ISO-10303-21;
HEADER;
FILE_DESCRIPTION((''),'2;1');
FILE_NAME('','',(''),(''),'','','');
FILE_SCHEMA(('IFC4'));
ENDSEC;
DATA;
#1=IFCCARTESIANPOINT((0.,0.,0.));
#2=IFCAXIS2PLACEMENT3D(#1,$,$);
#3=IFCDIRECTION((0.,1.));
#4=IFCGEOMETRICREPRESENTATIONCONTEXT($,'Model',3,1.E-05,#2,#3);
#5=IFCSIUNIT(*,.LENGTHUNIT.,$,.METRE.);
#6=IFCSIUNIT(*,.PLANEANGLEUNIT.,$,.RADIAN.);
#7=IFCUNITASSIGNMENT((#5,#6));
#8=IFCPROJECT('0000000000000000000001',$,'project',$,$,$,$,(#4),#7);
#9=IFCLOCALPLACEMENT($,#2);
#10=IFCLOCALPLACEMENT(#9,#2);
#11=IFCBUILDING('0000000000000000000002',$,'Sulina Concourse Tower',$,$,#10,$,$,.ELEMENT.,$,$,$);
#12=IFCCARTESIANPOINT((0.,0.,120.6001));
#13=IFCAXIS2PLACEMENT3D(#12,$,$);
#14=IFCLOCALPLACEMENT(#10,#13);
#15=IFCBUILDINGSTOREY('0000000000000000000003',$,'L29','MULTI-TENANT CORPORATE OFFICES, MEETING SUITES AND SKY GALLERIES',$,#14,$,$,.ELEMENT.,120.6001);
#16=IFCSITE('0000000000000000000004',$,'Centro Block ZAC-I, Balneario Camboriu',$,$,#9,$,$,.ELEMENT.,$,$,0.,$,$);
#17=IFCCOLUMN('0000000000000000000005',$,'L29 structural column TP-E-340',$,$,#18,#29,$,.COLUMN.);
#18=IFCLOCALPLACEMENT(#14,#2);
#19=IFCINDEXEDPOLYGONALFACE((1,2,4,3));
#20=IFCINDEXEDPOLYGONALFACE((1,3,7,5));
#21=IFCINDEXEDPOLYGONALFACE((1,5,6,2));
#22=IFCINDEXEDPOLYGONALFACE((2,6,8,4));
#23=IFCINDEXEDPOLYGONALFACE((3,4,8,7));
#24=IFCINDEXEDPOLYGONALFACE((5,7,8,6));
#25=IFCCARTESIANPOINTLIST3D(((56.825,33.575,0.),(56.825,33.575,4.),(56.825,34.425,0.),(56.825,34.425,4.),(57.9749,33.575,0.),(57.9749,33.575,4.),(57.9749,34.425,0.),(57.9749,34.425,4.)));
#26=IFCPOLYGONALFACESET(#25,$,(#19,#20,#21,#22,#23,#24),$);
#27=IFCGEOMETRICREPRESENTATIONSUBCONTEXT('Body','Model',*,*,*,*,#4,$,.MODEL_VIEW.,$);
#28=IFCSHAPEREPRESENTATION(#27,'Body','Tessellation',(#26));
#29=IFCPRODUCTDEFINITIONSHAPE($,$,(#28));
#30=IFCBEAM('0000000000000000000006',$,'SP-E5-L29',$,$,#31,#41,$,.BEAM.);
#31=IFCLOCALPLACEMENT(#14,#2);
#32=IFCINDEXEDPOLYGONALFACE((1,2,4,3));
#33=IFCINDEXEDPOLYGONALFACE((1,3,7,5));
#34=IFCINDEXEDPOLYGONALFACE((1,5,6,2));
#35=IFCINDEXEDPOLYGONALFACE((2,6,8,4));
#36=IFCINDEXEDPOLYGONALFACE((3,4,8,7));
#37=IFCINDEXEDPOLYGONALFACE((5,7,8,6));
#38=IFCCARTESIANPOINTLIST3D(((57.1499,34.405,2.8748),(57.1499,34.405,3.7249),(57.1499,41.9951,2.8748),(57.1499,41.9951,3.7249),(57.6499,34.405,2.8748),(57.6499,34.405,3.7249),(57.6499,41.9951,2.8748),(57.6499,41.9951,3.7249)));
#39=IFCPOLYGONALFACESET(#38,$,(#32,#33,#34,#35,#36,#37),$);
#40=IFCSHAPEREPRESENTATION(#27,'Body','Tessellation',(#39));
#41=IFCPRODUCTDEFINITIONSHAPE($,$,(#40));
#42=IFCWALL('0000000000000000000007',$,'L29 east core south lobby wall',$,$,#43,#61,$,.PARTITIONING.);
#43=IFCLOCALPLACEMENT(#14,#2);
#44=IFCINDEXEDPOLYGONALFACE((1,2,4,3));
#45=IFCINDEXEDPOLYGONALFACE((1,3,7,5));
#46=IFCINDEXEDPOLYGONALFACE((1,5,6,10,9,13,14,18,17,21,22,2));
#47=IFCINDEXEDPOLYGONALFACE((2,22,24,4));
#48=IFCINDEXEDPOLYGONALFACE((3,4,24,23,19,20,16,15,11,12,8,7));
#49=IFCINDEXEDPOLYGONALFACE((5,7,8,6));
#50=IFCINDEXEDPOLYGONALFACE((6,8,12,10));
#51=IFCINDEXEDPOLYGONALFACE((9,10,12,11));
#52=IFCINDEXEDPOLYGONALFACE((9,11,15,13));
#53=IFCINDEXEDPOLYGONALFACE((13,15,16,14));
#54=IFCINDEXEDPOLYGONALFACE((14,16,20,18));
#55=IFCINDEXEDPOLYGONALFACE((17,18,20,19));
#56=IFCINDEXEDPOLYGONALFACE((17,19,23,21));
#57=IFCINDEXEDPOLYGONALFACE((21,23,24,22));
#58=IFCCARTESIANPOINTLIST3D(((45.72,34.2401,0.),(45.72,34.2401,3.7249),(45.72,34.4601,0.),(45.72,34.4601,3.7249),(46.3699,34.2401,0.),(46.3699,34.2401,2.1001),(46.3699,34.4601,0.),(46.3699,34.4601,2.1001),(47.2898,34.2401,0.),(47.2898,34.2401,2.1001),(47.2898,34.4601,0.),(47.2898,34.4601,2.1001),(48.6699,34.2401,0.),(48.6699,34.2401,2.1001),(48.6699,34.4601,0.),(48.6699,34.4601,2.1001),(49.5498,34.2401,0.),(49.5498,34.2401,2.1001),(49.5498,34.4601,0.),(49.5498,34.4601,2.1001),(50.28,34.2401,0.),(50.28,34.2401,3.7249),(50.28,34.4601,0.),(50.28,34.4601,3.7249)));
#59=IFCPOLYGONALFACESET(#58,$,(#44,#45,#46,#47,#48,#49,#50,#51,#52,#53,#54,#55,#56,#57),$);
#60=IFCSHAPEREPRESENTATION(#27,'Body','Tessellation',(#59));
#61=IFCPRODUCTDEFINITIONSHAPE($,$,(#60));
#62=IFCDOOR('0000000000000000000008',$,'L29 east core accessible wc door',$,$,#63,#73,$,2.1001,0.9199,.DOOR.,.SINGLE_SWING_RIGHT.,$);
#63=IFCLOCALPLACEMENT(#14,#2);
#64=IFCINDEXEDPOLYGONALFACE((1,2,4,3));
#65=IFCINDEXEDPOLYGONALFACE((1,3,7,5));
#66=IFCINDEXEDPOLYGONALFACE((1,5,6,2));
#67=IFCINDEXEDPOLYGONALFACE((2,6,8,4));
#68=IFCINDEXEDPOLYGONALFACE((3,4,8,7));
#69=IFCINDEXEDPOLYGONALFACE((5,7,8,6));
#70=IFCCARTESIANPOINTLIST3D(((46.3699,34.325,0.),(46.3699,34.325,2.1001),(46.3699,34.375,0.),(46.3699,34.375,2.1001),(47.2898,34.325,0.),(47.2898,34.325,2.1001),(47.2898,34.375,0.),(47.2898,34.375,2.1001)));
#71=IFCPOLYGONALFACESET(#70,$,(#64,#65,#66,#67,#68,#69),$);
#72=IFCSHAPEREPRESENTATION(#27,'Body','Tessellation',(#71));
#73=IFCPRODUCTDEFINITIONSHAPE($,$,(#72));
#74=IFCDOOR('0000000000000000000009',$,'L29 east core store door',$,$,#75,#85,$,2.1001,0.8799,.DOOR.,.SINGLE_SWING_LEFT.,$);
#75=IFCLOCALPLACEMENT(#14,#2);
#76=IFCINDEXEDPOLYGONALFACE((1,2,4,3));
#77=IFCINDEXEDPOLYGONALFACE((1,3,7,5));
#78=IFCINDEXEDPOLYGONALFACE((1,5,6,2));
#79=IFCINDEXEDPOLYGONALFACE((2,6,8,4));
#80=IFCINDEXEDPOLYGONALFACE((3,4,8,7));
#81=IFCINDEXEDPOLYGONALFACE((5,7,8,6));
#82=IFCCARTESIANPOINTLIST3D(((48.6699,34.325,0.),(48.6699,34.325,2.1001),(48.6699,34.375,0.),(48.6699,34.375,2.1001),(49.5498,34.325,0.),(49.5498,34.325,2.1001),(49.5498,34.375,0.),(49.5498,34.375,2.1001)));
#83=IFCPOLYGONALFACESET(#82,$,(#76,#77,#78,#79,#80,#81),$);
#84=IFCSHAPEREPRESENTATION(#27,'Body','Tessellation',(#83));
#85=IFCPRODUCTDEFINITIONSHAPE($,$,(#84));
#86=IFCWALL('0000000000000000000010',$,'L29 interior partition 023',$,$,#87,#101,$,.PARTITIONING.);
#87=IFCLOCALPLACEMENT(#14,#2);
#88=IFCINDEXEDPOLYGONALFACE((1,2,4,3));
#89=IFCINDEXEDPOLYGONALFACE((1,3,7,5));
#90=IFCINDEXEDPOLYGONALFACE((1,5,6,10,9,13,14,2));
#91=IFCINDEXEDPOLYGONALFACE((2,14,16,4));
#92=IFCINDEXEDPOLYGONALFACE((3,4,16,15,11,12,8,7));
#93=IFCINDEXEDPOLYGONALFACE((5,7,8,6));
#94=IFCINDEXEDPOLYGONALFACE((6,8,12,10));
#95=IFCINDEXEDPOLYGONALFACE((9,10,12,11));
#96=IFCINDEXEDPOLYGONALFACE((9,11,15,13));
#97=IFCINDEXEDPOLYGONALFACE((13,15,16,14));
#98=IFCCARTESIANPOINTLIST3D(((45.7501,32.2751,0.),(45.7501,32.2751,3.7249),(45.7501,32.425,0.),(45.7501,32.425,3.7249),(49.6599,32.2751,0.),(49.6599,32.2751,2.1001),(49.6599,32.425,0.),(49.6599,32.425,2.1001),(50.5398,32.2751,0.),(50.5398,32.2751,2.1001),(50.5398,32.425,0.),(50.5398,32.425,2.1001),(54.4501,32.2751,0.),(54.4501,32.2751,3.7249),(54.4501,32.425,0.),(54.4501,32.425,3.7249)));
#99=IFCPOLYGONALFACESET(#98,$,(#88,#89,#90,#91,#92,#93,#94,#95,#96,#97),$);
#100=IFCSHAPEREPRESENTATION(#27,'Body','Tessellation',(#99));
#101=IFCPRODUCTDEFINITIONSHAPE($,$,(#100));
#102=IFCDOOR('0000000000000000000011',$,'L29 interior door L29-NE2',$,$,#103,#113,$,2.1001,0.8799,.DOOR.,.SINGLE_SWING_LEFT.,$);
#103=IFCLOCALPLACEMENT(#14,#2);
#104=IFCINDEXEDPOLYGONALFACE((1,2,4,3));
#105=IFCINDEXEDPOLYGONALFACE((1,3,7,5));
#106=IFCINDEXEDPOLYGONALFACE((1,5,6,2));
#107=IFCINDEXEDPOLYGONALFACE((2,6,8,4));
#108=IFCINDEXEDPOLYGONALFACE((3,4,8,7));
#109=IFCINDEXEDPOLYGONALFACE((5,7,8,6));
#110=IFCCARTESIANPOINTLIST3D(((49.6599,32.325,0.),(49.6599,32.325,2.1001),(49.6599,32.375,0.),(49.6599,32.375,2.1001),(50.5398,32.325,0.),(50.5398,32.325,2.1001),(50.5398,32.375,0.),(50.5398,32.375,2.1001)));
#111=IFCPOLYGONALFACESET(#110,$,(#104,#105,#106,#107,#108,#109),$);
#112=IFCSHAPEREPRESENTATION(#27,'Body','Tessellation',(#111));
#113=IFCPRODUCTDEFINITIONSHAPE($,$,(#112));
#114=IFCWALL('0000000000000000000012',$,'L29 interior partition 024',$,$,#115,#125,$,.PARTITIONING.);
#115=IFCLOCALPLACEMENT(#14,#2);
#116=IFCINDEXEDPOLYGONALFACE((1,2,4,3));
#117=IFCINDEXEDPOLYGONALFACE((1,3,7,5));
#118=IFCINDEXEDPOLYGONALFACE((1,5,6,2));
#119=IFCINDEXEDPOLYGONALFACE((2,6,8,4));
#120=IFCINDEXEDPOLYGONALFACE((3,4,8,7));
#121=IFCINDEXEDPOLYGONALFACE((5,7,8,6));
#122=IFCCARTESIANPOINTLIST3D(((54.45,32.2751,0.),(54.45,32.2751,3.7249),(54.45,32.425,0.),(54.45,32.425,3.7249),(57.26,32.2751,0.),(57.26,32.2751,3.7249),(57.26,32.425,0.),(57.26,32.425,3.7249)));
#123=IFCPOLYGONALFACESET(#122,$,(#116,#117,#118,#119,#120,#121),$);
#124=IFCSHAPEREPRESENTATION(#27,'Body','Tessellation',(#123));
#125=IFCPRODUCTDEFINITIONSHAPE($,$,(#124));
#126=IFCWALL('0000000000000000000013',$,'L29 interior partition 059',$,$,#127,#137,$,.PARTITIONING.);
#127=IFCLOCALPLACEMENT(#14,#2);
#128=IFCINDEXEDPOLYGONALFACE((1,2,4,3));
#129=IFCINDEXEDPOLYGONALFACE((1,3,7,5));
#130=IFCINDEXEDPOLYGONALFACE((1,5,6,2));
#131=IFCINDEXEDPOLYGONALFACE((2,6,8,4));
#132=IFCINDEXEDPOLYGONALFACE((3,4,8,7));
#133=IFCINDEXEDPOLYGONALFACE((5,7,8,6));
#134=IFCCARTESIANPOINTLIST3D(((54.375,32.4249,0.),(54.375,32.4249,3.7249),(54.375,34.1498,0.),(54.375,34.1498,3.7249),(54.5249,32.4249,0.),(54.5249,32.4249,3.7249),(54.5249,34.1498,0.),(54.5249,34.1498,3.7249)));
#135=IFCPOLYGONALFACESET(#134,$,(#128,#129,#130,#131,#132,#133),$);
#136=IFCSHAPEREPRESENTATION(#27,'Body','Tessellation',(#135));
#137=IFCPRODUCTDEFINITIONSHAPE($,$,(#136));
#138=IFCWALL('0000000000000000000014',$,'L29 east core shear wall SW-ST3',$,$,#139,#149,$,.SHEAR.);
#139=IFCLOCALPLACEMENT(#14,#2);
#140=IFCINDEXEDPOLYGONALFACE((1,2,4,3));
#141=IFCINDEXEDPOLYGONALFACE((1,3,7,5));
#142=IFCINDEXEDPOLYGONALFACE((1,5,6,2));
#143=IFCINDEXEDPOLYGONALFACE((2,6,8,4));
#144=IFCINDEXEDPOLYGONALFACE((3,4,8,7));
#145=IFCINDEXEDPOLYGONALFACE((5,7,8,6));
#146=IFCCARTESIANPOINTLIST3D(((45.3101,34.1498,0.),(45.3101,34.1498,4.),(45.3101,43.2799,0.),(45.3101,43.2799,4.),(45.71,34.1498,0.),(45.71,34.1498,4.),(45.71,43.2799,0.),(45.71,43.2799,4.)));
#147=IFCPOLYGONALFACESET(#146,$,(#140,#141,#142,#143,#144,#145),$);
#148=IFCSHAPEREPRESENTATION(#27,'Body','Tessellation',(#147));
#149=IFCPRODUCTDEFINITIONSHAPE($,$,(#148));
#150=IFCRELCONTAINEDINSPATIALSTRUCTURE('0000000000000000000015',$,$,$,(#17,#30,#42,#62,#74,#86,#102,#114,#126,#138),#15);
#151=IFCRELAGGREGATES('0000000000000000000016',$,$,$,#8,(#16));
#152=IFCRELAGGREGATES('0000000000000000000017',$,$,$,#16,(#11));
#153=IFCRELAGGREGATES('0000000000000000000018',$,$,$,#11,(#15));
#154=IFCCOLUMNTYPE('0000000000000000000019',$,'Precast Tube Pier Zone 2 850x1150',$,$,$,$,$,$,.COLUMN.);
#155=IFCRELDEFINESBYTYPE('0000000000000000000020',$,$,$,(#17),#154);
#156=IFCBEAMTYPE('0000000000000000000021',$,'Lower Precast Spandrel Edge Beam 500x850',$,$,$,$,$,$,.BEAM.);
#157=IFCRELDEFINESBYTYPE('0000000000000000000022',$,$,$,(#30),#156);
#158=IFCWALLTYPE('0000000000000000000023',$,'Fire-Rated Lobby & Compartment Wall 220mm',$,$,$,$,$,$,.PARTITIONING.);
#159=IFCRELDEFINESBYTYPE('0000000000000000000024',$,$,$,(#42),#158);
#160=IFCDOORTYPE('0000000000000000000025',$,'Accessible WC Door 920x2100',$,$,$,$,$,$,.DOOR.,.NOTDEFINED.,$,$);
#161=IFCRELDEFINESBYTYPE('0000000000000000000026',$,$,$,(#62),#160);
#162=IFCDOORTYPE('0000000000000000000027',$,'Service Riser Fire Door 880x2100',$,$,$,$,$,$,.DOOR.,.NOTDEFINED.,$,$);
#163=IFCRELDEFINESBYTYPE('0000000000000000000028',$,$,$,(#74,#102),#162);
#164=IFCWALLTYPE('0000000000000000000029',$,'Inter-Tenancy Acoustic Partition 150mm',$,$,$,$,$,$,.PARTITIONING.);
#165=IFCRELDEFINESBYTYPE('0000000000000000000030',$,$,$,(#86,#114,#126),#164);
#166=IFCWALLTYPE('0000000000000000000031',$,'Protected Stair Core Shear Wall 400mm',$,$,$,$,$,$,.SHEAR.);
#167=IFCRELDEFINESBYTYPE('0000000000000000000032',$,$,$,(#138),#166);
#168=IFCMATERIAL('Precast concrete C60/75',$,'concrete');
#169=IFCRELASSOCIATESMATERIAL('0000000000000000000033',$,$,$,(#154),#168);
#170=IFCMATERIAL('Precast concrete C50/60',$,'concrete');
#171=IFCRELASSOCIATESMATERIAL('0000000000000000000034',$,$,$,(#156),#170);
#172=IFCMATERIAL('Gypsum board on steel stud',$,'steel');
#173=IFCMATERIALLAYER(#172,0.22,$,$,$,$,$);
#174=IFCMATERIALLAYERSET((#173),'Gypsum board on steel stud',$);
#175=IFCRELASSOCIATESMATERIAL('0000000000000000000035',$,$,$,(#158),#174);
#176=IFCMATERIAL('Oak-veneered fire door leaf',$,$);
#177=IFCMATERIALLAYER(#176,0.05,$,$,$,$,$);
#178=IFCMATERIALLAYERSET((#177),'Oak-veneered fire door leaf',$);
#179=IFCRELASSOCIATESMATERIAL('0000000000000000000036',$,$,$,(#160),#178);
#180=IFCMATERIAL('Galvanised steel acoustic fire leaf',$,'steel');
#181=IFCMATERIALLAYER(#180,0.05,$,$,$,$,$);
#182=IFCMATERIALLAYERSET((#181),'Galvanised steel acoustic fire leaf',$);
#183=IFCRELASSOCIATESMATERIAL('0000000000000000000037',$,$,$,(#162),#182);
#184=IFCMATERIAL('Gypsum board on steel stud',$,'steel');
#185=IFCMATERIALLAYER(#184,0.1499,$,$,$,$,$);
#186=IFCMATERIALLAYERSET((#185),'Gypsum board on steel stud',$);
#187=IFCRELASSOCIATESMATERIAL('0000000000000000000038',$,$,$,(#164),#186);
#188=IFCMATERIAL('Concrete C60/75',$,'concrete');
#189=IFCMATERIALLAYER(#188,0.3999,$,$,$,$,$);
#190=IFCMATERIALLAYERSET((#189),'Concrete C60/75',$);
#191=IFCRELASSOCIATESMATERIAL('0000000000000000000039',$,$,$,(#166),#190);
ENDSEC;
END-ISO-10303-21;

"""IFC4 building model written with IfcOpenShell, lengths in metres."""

from ifc_helpers import new_model, si_unit, direction, frame, frame_2d, origin, origin_2d, place, context, subcontext, project, spatial, rectangle, extrude, material, layer, layer_set, material_profile, profile_set, type_object, element, fill, save


model = new_model("IFC4")

# Units and contexts
model_context = context("Model", 3, precision=1e-05, world=origin(), true_north=direction((0.0, 1.0)))
body_context = subcontext(model_context, "Body", "Model", "MODEL_VIEW")
ifc_project = project(units=[si_unit("LENGTHUNIT", "METRE"), si_unit("PLANEANGLEUNIT", "RADIAN")], contexts=[model_context])

# Site, building, storey
site_placement = place(None, origin())
site = spatial("IfcSite", under=ifc_project, at=site_placement, Name="Centro Block ZAC-I, Balneario Camboriu", CompositionType="ELEMENT", RefElevation=0.0)
building_placement = place(site_placement, origin())
building = spatial("IfcBuilding", under=site, at=building_placement, Name="Sulina Concourse Tower", CompositionType="ELEMENT")
storey_placement = place(building_placement, frame((0.0, 0.0, 120.6001)))
storey = spatial("IfcBuildingStorey", under=building, at=storey_placement, Name="L29", Description="MULTI-TENANT CORPORATE OFFICES, MEETING SUITES AND SKY GALLERIES", CompositionType="ELEMENT", Elevation=120.6001)

# Column
ifc_material_1 = material(Name="Precast concrete C60/75", Category="concrete")
ifc_material_profile_1 = material_profile(ifc_material_1, rectangle(XDim=0.8501, YDim=1.1499, at=origin_2d()), Name="PC 850x1150")
ifc_profile_set_1 = profile_set([ifc_material_profile_1], Name="Precast concrete C60/75")
column_type = type_object("IfcColumnType", Name="Precast Tube Pier Zone 2 850x1150", PredefinedType="COLUMN", material=ifc_profile_set_1)
column_placement = place(storey_placement, frame((57.3999, 34.0, 0.0), z_axis=(0.0, 0.0, 1.0), x_axis=(0.0, 1.0, 0.0)))
element("IfcColumn", 1, at=column_placement, inside=storey, type_object=column_type, Name="L29 structural column TP-E-340", PredefinedType="COLUMN", context=body_context, shape_type="SweptSolid", body=[
    extrude(rectangle(XDim=0.8501, YDim=1.1499, at=origin_2d()), origin(), (0.0, 0.0, 1.0), 4.0),
])

# Beam
ifc_material_2 = material(Name="Precast concrete C50/60", Category="concrete")
ifc_material_profile_2 = material_profile(ifc_material_2, rectangle(XDim=0.5, YDim=0.8501, at=origin_2d()), Name="RC 500x850")
ifc_profile_set_2 = profile_set([ifc_material_profile_2], Name="Precast concrete C50/60")
beam_type = type_object("IfcBeamType", Name="Lower Precast Spandrel Edge Beam 500x850", PredefinedType="BEAM", material=ifc_profile_set_2)
beam_placement = place(storey_placement, frame((57.3999, 34.405, 3.2998), z_axis=(0.0, 1.0, 0.0), x_axis=(-1.0, 0.0, 0.0)))
element("IfcBeam", 2, at=beam_placement, inside=storey, type_object=beam_type, Name="SP-E5-L29", PredefinedType="BEAM", context=body_context, shape_type="SweptSolid", body=[
    extrude(rectangle(XDim=0.5, YDim=0.8501, at=origin_2d()), origin(), (0.0, 0.0, 1.0), 7.5901),
])

# Wall, openings, doors
ifc_material_3 = material(Name="Gypsum board on steel stud", Category="steel")
ifc_layer_1 = layer(ifc_material_3, 0.22)
ifc_layer_set_1 = layer_set([ifc_layer_1], Name="Gypsum board on steel stud")
wall_type_1 = type_object("IfcWallType", Name="Fire-Rated Lobby & Compartment Wall 220mm", PredefinedType="PARTITIONING", material=ifc_layer_set_1)
wall_1_placement = place(storey_placement, frame((45.72, 34.3501, 0.0), z_axis=(0.0, 0.0, 1.0), x_axis=(1.0, 0.0, 0.0)))
wall_1 = element("IfcWall", 3, at=wall_1_placement, inside=storey, type_object=wall_type_1, Name="L29 east core south lobby wall", PredefinedType="PARTITIONING", context=body_context, shape_type="SweptSolid", body=[
    extrude(rectangle(XDim=4.5601, YDim=0.22, at=frame_2d((2.28, 0.0))), origin(), (0.0, 0.0, 1.0), 3.7249),
])
opening_1_placement = place(wall_1_placement, frame((0.6499, 0.0, 0.0)))
opening_1 = element("IfcOpeningElement", 4, at=opening_1_placement, cuts=wall_1, PredefinedType="OPENING", context=body_context, shape_type="SweptSolid", body=[
    extrude(rectangle(XDim=0.9199, YDim=2.1001, at=frame_2d((0.46, 1.05))), frame((0.0, 0.1199, 0.0), z_axis=(0.0, -1.0, 0.0), x_axis=(1.0, 0.0, 0.0)), (0.0, 0.0, 1.0), 0.24),
])
opening_2_placement = place(wall_1_placement, frame((2.95, 0.0, 0.0)))
opening_2 = element("IfcOpeningElement", 5, at=opening_2_placement, cuts=wall_1, PredefinedType="OPENING", context=body_context, shape_type="SweptSolid", body=[
    extrude(rectangle(XDim=0.8799, YDim=2.1001, at=frame_2d((0.4399, 1.05))), frame((0.0, 0.1199, 0.0), z_axis=(0.0, -1.0, 0.0), x_axis=(1.0, 0.0, 0.0)), (0.0, 0.0, 1.0), 0.24),
])
ifc_material_4 = material(Name="Oak-veneered fire door leaf")
ifc_layer_2 = layer(ifc_material_4, 0.05)
ifc_layer_set_2 = layer_set([ifc_layer_2], Name="Oak-veneered fire door leaf")
door_type_1 = type_object("IfcDoorType", Name="Accessible WC Door 920x2100", OperationType="NOTDEFINED", PredefinedType="DOOR", material=ifc_layer_set_2)
door_1_placement = place(opening_1_placement, origin())
door_1 = element("IfcDoor", 6, at=door_1_placement, inside=storey, type_object=door_type_1, Name="L29 east core accessible wc door", OperationType="SINGLE_SWING_RIGHT", OverallHeight=2.1001, OverallWidth=0.9199, PredefinedType="DOOR", context=body_context, shape_type="SweptSolid", body=[
    extrude(rectangle(XDim=0.9199, YDim=2.1001, at=frame_2d((0.46, 1.05))), frame((0.0, 0.0249, 0.0), z_axis=(0.0, -1.0, 0.0), x_axis=(1.0, 0.0, 0.0)), (0.0, 0.0, 1.0), 0.05),
])
fill(opening_1, door_1)
ifc_material_5 = material(Name="Galvanised steel acoustic fire leaf", Category="steel")
ifc_layer_3 = layer(ifc_material_5, 0.05)
ifc_layer_set_3 = layer_set([ifc_layer_3], Name="Galvanised steel acoustic fire leaf")
door_type_2 = type_object("IfcDoorType", Name="Service Riser Fire Door 880x2100", OperationType="NOTDEFINED", PredefinedType="DOOR", material=ifc_layer_set_3)
door_2_placement = place(opening_2_placement, origin())
door_2 = element("IfcDoor", 7, at=door_2_placement, inside=storey, type_object=door_type_2, Name="L29 east core store door", OperationType="SINGLE_SWING_LEFT", OverallHeight=2.1001, OverallWidth=0.8799, PredefinedType="DOOR", context=body_context, shape_type="SweptSolid", body=[
    extrude(rectangle(XDim=0.8799, YDim=2.1001, at=frame_2d((0.4399, 1.05))), frame((0.0, 0.0249, 0.0), z_axis=(0.0, -1.0, 0.0), x_axis=(1.0, 0.0, 0.0)), (0.0, 0.0, 1.0), 0.05),
])
fill(opening_2, door_2)

# Wall, opening, door
ifc_material_6 = material(Name="Gypsum board on steel stud", Category="steel")
ifc_layer_4 = layer(ifc_material_6, 0.1499)
ifc_layer_set_4 = layer_set([ifc_layer_4], Name="Gypsum board on steel stud")
wall_type_2 = type_object("IfcWallType", Name="Inter-Tenancy Acoustic Partition 150mm", PredefinedType="PARTITIONING", material=ifc_layer_set_4)
wall_2_placement = place(storey_placement, frame((45.75, 32.3501, 0.0), z_axis=(0.0, 0.0, 1.0), x_axis=(1.0, 0.0, 0.0)))
wall_2 = element("IfcWall", 8, at=wall_2_placement, inside=storey, type_object=wall_type_2, Name="L29 interior partition 023", PredefinedType="PARTITIONING", context=body_context, shape_type="SweptSolid", body=[
    extrude(rectangle(XDim=8.7, YDim=0.1499, at=frame_2d((4.3501, 0.0))), origin(), (0.0, 0.0, 1.0), 3.7249),
])
opening_3_placement = place(wall_2_placement, frame((3.9099, 0.0, 0.0)))
opening_3 = element("IfcOpeningElement", 9, at=opening_3_placement, cuts=wall_2, PredefinedType="OPENING", context=body_context, shape_type="SweptSolid", body=[
    extrude(rectangle(XDim=0.8799, YDim=2.1001, at=frame_2d((0.4399, 1.05))), frame((0.0, 0.085, 0.0), z_axis=(0.0, -1.0, 0.0), x_axis=(1.0, 0.0, 0.0)), (0.0, 0.0, 1.0), 0.1699),
])
door_3_placement = place(opening_3_placement, origin())
door_3 = element("IfcDoor", 10, at=door_3_placement, inside=storey, type_object=door_type_2, Name="L29 interior door L29-NE2", OperationType="SINGLE_SWING_LEFT", OverallHeight=2.1001, OverallWidth=0.8799, PredefinedType="DOOR", context=body_context, shape_type="SweptSolid", body=[
    extrude(rectangle(XDim=0.8799, YDim=2.1001, at=frame_2d((0.4399, 1.05))), frame((0.0, 0.0249, 0.0), z_axis=(0.0, -1.0, 0.0), x_axis=(1.0, 0.0, 0.0)), (0.0, 0.0, 1.0), 0.05),
])
fill(opening_3, door_3)

# Walls
wall_3_placement = place(storey_placement, frame((54.45, 32.3501, 0.0), z_axis=(0.0, 0.0, 1.0), x_axis=(1.0, 0.0, 0.0)))
element("IfcWall", 11, at=wall_3_placement, inside=storey, type_object=wall_type_2, Name="L29 interior partition 024", PredefinedType="PARTITIONING", context=body_context, shape_type="SweptSolid", body=[
    extrude(rectangle(XDim=2.8101, YDim=0.1499, at=frame_2d((1.405, 0.0))), origin(), (0.0, 0.0, 1.0), 3.7249),
])
wall_4_placement = place(storey_placement, frame((54.45, 32.425, 0.0), z_axis=(0.0, 0.0, 1.0), x_axis=(0.0, 1.0, 0.0)))
element("IfcWall", 12, at=wall_4_placement, inside=storey, type_object=wall_type_2, Name="L29 interior partition 059", PredefinedType="PARTITIONING", context=body_context, shape_type="SweptSolid", body=[
    extrude(rectangle(XDim=1.7249, YDim=0.1499, at=frame_2d((0.8623, 0.0))), origin(), (0.0, 0.0, 1.0), 3.7249),
])
ifc_material_7 = material(Name="Concrete C60/75", Category="concrete")
ifc_layer_5 = layer(ifc_material_7, 0.3999)
ifc_layer_set_5 = layer_set([ifc_layer_5], Name="Concrete C60/75")
wall_type_3 = type_object("IfcWallType", Name="Protected Stair Core Shear Wall 400mm", PredefinedType="SHEAR", material=ifc_layer_set_5)
wall_5_placement = place(storey_placement, frame((45.51, 34.1499, 0.0), z_axis=(0.0, 0.0, 1.0), x_axis=(0.0, 1.0, 0.0)))
element("IfcWall", 13, at=wall_5_placement, inside=storey, type_object=wall_type_3, Name="L29 east core shear wall SW-ST3", PredefinedType="SHEAR", context=body_context, shape_type="SweptSolid", body=[
    extrude(rectangle(XDim=9.1301, YDim=0.3999, at=frame_2d((4.5649, 0.0))), origin(), (0.0, 0.0, 1.0), 4.0),
])

save(model, "model.ifc")
